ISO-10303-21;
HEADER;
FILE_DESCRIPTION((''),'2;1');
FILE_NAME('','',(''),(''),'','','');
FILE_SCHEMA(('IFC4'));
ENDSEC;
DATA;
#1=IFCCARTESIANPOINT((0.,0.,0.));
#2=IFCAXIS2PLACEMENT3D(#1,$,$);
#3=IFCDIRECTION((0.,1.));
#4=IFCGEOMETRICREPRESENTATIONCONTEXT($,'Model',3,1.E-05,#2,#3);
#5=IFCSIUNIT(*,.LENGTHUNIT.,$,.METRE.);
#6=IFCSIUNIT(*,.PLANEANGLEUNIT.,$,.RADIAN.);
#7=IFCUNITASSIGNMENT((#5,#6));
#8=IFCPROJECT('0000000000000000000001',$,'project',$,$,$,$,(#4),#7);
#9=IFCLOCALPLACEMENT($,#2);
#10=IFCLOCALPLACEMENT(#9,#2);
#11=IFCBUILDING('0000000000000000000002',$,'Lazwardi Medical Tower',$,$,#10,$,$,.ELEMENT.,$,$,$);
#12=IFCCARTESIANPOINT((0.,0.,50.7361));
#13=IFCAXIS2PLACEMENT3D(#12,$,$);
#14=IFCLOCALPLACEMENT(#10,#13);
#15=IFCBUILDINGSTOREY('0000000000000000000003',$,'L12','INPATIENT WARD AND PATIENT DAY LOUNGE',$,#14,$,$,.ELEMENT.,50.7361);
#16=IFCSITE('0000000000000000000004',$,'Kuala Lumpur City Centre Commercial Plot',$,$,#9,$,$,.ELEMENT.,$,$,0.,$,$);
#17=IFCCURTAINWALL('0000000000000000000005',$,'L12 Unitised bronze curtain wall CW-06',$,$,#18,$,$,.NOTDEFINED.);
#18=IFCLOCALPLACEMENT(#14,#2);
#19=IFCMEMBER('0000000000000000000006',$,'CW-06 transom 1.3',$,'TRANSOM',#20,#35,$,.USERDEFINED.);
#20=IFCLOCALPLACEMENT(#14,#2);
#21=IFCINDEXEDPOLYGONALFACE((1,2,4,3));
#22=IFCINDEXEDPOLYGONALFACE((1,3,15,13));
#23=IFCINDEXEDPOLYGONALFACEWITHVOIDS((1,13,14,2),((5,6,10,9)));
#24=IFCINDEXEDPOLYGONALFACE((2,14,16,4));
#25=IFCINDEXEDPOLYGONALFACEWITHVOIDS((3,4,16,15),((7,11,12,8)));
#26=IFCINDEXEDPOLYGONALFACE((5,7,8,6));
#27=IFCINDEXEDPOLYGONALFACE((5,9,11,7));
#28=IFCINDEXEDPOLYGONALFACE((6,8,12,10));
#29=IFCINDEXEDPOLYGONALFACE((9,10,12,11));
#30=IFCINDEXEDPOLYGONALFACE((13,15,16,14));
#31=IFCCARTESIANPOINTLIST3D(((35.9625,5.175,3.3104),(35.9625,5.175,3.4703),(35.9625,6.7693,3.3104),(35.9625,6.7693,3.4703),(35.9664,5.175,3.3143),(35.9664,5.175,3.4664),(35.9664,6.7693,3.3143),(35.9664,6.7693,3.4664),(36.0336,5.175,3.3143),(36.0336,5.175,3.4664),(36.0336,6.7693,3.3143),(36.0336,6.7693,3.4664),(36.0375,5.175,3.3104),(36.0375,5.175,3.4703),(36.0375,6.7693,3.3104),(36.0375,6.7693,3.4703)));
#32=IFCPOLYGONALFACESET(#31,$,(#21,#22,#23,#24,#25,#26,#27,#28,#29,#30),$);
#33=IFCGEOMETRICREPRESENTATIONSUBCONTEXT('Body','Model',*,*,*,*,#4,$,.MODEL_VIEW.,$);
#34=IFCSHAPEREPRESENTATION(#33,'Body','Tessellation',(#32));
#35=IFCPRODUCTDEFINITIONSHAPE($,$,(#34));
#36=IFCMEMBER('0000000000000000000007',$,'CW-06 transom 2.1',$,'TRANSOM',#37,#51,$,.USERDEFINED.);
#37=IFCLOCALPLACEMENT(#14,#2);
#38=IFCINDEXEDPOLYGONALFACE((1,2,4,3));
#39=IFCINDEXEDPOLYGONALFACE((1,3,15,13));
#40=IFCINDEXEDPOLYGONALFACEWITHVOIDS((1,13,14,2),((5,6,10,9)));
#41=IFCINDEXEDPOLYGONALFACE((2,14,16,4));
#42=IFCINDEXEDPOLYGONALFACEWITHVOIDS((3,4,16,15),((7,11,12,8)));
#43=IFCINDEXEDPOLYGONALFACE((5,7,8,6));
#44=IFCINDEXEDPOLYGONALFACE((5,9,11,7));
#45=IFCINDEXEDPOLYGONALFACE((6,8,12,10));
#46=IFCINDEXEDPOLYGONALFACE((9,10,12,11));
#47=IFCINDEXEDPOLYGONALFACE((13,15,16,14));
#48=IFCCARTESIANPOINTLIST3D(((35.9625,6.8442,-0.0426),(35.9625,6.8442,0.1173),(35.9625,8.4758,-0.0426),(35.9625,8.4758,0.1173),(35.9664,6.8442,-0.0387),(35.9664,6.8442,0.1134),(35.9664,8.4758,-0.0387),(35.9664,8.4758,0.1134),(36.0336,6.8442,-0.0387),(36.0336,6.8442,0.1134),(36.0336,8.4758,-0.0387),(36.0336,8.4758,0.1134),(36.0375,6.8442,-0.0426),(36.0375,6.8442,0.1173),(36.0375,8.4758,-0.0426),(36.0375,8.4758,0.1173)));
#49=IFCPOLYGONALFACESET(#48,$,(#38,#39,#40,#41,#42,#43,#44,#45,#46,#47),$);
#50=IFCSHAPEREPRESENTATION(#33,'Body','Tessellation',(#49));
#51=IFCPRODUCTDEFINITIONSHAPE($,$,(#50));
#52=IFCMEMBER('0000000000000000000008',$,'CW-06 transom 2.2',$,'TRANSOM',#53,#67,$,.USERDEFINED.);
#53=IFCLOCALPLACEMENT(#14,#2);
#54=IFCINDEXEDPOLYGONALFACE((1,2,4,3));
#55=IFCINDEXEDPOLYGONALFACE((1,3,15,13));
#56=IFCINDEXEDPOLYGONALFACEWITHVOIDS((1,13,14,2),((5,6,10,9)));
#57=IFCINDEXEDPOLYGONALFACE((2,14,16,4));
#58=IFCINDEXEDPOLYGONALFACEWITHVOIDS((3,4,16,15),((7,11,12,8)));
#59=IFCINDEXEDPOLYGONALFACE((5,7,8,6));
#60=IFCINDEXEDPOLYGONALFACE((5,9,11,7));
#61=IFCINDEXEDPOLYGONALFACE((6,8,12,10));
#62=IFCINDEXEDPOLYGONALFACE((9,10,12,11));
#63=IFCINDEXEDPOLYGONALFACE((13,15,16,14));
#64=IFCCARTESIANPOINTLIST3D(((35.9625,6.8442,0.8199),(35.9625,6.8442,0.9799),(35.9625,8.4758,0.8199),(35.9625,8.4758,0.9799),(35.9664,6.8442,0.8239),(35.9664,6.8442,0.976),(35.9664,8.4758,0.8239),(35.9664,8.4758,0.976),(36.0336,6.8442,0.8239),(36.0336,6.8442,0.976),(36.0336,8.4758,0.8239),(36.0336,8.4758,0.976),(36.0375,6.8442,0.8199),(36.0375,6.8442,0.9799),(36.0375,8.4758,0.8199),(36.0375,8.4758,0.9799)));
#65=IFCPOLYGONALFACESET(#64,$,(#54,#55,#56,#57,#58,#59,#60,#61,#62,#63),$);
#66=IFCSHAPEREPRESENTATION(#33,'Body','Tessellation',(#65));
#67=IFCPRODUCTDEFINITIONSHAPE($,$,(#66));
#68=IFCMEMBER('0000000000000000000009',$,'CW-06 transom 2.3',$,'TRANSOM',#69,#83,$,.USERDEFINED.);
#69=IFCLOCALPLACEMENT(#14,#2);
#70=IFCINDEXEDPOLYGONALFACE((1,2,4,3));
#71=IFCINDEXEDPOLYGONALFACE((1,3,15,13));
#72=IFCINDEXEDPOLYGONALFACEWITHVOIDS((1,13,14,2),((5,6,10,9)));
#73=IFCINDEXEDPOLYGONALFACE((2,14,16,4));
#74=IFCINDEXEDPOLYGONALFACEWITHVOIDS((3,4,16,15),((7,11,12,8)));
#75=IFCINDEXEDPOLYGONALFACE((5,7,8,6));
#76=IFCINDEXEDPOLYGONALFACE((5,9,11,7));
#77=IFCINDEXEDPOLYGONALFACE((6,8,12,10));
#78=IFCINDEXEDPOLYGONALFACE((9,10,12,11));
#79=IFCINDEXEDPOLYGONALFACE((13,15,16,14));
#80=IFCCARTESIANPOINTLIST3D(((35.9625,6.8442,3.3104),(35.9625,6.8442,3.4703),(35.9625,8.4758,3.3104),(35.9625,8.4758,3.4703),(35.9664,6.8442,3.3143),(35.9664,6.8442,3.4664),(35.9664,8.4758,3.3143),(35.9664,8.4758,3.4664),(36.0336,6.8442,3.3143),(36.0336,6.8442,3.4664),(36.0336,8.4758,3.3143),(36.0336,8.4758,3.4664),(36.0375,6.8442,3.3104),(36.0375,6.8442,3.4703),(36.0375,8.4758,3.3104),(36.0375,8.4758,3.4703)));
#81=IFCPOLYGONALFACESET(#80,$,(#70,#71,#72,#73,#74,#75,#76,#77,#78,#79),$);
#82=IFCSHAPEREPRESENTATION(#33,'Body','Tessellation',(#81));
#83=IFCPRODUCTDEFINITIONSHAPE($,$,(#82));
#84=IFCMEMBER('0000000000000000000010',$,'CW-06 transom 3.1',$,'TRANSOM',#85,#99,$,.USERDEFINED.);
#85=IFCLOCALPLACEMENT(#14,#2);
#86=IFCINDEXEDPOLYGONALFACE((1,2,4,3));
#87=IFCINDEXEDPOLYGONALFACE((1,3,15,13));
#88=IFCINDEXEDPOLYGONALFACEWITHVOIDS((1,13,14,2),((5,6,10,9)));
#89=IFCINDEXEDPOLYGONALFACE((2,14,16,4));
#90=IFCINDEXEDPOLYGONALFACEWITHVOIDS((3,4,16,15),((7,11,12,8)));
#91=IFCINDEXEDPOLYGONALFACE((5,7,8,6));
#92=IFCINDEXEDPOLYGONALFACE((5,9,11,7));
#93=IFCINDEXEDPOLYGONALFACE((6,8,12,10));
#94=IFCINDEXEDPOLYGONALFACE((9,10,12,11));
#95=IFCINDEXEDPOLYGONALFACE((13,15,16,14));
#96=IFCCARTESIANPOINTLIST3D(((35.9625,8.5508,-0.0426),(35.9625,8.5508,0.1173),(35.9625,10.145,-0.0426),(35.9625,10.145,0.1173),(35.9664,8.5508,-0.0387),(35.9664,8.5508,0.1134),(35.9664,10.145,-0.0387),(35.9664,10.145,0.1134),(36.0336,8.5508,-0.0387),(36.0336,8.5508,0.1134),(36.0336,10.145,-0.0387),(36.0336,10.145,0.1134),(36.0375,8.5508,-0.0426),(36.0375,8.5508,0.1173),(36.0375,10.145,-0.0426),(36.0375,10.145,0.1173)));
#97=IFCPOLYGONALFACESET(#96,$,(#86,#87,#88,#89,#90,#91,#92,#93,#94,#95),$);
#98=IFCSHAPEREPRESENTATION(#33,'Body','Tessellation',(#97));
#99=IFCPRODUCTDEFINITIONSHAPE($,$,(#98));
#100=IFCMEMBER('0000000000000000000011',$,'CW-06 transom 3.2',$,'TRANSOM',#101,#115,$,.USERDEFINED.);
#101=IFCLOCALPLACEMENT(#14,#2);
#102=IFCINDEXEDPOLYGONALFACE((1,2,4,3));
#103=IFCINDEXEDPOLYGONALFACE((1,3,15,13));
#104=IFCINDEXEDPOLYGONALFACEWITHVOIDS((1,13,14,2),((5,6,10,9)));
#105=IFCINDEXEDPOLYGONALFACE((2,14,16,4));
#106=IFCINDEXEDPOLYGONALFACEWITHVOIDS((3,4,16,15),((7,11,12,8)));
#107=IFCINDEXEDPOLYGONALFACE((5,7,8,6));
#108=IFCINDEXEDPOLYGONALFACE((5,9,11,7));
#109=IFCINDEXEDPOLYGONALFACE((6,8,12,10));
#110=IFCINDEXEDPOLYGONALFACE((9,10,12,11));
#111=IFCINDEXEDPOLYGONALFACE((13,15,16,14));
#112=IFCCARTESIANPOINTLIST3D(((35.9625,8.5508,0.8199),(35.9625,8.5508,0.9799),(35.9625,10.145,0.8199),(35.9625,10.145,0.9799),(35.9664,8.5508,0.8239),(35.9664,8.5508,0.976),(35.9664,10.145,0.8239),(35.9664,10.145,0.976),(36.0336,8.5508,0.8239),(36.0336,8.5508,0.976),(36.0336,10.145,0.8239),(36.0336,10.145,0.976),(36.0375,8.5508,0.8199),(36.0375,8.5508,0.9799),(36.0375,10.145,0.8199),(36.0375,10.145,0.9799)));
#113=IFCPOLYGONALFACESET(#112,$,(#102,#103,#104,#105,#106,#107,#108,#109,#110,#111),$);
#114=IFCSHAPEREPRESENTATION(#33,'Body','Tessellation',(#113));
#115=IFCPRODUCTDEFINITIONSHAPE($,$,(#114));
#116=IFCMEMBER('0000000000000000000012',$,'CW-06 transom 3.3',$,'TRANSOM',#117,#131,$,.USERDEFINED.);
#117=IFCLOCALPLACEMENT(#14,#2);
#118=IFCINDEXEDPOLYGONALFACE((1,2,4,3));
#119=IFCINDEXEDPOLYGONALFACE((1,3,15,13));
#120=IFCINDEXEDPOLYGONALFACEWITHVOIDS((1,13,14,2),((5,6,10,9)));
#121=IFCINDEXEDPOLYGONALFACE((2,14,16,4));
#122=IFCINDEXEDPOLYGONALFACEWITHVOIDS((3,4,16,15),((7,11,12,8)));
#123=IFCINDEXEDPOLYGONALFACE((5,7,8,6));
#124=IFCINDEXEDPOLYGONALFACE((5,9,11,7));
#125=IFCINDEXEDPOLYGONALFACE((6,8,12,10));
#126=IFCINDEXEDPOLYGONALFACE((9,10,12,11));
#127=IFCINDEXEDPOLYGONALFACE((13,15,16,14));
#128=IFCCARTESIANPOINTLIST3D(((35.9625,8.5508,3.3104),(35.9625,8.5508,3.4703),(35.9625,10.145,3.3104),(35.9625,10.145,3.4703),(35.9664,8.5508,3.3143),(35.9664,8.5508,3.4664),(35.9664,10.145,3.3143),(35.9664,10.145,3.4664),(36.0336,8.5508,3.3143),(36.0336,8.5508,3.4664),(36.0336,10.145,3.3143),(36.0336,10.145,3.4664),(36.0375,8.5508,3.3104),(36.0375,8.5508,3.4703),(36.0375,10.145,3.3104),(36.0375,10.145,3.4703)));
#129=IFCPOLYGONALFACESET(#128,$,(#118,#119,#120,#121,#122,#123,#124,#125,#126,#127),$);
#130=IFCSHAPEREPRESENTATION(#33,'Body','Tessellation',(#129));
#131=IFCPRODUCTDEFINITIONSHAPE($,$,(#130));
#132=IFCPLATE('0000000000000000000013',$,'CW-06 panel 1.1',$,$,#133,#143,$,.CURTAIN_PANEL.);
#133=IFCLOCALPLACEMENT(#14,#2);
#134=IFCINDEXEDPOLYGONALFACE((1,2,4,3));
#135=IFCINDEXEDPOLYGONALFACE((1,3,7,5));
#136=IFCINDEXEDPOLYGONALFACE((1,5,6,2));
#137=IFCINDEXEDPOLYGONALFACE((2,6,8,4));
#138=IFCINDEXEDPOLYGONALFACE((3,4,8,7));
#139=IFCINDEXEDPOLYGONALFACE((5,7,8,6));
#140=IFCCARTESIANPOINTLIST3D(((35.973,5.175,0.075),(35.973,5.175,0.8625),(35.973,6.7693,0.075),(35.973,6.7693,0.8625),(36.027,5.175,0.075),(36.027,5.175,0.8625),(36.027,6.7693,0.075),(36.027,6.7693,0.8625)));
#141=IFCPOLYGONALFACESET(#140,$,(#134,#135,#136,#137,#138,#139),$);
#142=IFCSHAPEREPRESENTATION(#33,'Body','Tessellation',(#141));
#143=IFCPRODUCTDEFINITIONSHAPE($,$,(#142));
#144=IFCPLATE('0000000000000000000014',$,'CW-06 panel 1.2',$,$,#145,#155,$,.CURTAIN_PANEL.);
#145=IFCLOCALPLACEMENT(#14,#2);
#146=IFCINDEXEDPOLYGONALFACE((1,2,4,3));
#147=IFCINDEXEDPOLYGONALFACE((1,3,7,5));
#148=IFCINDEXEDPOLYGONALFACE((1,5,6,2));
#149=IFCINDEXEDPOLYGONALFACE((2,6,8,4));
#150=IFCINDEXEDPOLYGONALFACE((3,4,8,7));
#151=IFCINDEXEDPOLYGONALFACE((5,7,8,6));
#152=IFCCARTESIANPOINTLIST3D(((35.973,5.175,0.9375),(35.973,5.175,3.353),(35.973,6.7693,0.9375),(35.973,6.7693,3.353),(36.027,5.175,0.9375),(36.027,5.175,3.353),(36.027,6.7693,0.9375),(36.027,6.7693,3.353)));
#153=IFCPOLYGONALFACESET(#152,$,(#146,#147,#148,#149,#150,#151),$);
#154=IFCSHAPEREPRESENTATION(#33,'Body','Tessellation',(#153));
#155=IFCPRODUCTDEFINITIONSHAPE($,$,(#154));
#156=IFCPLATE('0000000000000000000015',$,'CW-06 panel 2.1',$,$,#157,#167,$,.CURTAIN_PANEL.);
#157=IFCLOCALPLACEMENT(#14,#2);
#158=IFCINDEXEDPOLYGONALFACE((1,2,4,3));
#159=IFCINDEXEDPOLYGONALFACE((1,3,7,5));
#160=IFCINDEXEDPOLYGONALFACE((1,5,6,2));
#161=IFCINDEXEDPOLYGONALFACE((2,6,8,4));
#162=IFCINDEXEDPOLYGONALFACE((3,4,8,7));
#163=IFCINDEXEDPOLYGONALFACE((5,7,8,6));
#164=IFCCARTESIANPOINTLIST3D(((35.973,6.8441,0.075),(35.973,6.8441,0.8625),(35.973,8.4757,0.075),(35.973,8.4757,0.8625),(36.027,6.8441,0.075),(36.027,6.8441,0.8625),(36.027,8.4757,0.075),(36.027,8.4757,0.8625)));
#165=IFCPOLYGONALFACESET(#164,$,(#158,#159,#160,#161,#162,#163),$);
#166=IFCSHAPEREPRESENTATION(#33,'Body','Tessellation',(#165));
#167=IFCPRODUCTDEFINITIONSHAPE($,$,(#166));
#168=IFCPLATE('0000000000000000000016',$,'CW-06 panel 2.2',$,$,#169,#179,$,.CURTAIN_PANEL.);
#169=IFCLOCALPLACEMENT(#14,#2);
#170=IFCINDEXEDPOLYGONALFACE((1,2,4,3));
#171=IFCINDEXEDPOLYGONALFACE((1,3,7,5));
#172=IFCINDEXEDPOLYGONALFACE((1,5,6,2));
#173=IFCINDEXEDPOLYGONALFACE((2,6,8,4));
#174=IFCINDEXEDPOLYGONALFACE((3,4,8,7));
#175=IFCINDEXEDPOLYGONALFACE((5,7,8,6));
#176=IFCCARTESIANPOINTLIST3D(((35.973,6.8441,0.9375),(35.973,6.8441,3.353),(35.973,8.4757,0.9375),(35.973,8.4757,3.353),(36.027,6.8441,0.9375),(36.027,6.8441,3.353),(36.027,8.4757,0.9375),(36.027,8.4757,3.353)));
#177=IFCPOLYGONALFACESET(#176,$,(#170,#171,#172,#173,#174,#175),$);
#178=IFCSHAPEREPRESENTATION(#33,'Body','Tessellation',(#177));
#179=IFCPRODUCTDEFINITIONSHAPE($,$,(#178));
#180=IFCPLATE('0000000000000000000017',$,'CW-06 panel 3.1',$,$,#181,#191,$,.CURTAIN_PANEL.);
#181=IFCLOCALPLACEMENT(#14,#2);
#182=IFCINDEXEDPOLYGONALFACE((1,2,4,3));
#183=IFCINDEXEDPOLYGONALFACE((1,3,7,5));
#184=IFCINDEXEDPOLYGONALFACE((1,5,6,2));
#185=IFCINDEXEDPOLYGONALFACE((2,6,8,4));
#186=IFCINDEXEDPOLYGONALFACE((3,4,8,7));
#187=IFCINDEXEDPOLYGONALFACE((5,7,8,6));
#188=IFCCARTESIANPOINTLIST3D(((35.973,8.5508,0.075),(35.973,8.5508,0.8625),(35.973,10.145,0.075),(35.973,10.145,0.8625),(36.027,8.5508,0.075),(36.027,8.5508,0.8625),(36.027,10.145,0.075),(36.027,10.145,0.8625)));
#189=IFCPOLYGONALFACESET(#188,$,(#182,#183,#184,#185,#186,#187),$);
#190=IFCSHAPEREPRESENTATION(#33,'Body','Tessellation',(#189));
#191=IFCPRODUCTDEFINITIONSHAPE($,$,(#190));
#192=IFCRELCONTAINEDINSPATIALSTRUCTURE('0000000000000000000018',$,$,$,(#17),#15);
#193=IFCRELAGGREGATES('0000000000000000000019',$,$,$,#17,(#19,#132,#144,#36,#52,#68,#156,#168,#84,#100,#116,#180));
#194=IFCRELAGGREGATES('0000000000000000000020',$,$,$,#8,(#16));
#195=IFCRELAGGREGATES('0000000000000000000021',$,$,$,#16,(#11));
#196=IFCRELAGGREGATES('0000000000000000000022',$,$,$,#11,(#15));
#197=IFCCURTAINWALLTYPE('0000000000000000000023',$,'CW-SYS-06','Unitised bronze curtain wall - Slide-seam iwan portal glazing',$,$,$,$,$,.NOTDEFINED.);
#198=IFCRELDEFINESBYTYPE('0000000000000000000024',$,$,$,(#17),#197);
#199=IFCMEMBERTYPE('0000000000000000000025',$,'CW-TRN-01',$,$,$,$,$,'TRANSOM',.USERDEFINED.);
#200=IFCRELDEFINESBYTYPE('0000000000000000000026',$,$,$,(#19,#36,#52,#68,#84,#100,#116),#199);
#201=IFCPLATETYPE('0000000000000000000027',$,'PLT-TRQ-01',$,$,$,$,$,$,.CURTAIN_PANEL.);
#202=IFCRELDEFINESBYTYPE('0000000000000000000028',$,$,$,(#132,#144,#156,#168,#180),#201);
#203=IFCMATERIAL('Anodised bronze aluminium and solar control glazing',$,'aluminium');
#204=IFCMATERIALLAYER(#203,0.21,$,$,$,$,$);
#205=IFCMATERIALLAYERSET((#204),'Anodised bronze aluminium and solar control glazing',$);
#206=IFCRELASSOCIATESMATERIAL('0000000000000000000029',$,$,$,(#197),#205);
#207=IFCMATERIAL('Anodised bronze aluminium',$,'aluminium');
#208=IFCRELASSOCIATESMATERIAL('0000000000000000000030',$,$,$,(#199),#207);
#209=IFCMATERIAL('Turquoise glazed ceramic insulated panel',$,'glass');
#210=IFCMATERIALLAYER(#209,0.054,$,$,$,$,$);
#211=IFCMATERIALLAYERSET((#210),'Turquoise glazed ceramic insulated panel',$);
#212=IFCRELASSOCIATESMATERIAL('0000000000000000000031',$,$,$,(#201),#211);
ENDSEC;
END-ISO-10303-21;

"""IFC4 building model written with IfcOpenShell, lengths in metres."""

from ifc_helpers import new_model, si_unit, direction, frame, origin, origin_2d, place, context, subcontext, project, spatial, rectangle, hollow_rectangle, extrude, material, layer, layer_set, material_profile, profile_set, type_object, element, aggregate, save


model = new_model("IFC4")

# Units and contexts
model_context = context("Model", 3, precision=1e-05, world=origin(), true_north=direction((0.0, 1.0)))
body_context = subcontext(model_context, "Body", "Model", "MODEL_VIEW")
ifc_project = project(units=[si_unit("LENGTHUNIT", "METRE"), si_unit("PLANEANGLEUNIT", "RADIAN")], contexts=[model_context])

# Site, building, storey
site_placement = place(None, origin())
site = spatial("IfcSite", under=ifc_project, at=site_placement, Name="Kuala Lumpur City Centre Commercial Plot", CompositionType="ELEMENT", RefElevation=0.0)
building_placement = place(site_placement, origin())
building = spatial("IfcBuilding", under=site, at=building_placement, Name="Lazwardi Medical Tower", CompositionType="ELEMENT")
storey_placement = place(building_placement, frame((0.0, 0.0, 50.7361)))
storey = spatial("IfcBuildingStorey", under=building, at=storey_placement, Name="L12", Description="INPATIENT WARD AND PATIENT DAY LOUNGE", CompositionType="ELEMENT", Elevation=50.7361)

# Shared definitions
ifc_material_1 = material(Name="Anodised bronze aluminium and solar control glazing", Category="aluminium")
ifc_material_2 = material(Name="Anodised bronze aluminium", Category="aluminium")

# Curtain wall
ifc_layer_1 = layer(ifc_material_1, 0.21)
ifc_layer_set_1 = layer_set([ifc_layer_1], Name="Anodised bronze aluminium and solar control glazing")
curtain_wall_type_1 = type_object("IfcCurtainWallType", Name="CW-SYS-06", Description="Unitised bronze curtain wall - Slide-seam iwan portal glazing", PredefinedType="NOTDEFINED", material=ifc_layer_set_1)
curtain_wall_1_placement = place(storey_placement, origin())
curtain_wall_1 = element("IfcCurtainWall", 1, at=curtain_wall_1_placement, inside=storey, type_object=curtain_wall_type_1, Name="L12 Unitised bronze curtain wall CW-06", PredefinedType="NOTDEFINED")

# Members
ifc_material_profile_1 = material_profile(ifc_material_2, hollow_rectangle(XDim=0.075, YDim=0.1599, WallThickness=0.0039, at=origin_2d()), Name="ALU-TRANSOM 160x75x4")
ifc_profile_set_1 = profile_set([ifc_material_profile_1], Name="Anodised bronze aluminium")
member_type_1 = type_object("IfcMemberType", Name="CW-TRN-01", ElementType="TRANSOM", PredefinedType="USERDEFINED", material=ifc_profile_set_1)
member_1_placement = place(storey_placement, frame((36.0, 5.175, 3.3904), z_axis=(0.0, 1.0, 0.0), x_axis=(-1.0, 0.0, 0.0)))
member_1 = element("IfcMember", 2, at=member_1_placement, type_object=member_type_1, Name="CW-06 transom 1.3", ObjectType="TRANSOM", PredefinedType="USERDEFINED", context=body_context, shape_type="SweptSolid", body=[
    extrude(hollow_rectangle(XDim=0.075, YDim=0.1599, WallThickness=0.0039, at=origin_2d()), origin(), (0.0, 0.0, 1.0), 1.5942),
])
member_2_placement = place(storey_placement, frame((36.0, 6.8442, 0.0374), z_axis=(0.0, 1.0, 0.0), x_axis=(-1.0, 0.0, 0.0)))
member_2 = element("IfcMember", 3, at=member_2_placement, type_object=member_type_1, Name="CW-06 transom 2.1", ObjectType="TRANSOM", PredefinedType="USERDEFINED", context=body_context, shape_type="SweptSolid", body=[
    extrude(hollow_rectangle(XDim=0.075, YDim=0.1599, WallThickness=0.0039, at=origin_2d()), origin(), (0.0, 0.0, 1.0), 1.6316),
])
member_3_placement = place(storey_placement, frame((36.0, 6.8442, 0.8999), z_axis=(0.0, 1.0, 0.0), x_axis=(-1.0, 0.0, 0.0)))
member_3 = element("IfcMember", 4, at=member_3_placement, type_object=member_type_1, Name="CW-06 transom 2.2", ObjectType="TRANSOM", PredefinedType="USERDEFINED", context=body_context, shape_type="SweptSolid", body=[
    extrude(hollow_rectangle(XDim=0.075, YDim=0.1599, WallThickness=0.0039, at=origin_2d()), origin(), (0.0, 0.0, 1.0), 1.6316),
])
member_4_placement = place(storey_placement, frame((36.0, 6.8442, 3.3904), z_axis=(0.0, 1.0, 0.0), x_axis=(-1.0, 0.0, 0.0)))
member_4 = element("IfcMember", 5, at=member_4_placement, type_object=member_type_1, Name="CW-06 transom 2.3", ObjectType="TRANSOM", PredefinedType="USERDEFINED", context=body_context, shape_type="SweptSolid", body=[
    extrude(hollow_rectangle(XDim=0.075, YDim=0.1599, WallThickness=0.0039, at=origin_2d()), origin(), (0.0, 0.0, 1.0), 1.6316),
])
member_5_placement = place(storey_placement, frame((36.0, 8.5508, 0.0374), z_axis=(0.0, 1.0, 0.0), x_axis=(-1.0, 0.0, 0.0)))
member_5 = element("IfcMember", 6, at=member_5_placement, type_object=member_type_1, Name="CW-06 transom 3.1", ObjectType="TRANSOM", PredefinedType="USERDEFINED", context=body_context, shape_type="SweptSolid", body=[
    extrude(hollow_rectangle(XDim=0.075, YDim=0.1599, WallThickness=0.0039, at=origin_2d()), origin(), (0.0, 0.0, 1.0), 1.5942),
])
member_6_placement = place(storey_placement, frame((36.0, 8.5508, 0.8999), z_axis=(0.0, 1.0, 0.0), x_axis=(-1.0, 0.0, 0.0)))
member_6 = element("IfcMember", 7, at=member_6_placement, type_object=member_type_1, Name="CW-06 transom 3.2", ObjectType="TRANSOM", PredefinedType="USERDEFINED", context=body_context, shape_type="SweptSolid", body=[
    extrude(hollow_rectangle(XDim=0.075, YDim=0.1599, WallThickness=0.0039, at=origin_2d()), origin(), (0.0, 0.0, 1.0), 1.5942),
])
member_7_placement = place(storey_placement, frame((36.0, 8.5508, 3.3904), z_axis=(0.0, 1.0, 0.0), x_axis=(-1.0, 0.0, 0.0)))
member_7 = element("IfcMember", 8, at=member_7_placement, type_object=member_type_1, Name="CW-06 transom 3.3", ObjectType="TRANSOM", PredefinedType="USERDEFINED", context=body_context, shape_type="SweptSolid", body=[
    extrude(hollow_rectangle(XDim=0.075, YDim=0.1599, WallThickness=0.0039, at=origin_2d()), origin(), (0.0, 0.0, 1.0), 1.5942),
])

# Plates
ifc_material_3 = material(Name="Turquoise glazed ceramic insulated panel", Category="glass")
ifc_layer_2 = layer(ifc_material_3, 0.054)
ifc_layer_set_2 = layer_set([ifc_layer_2], Name="Turquoise glazed ceramic insulated panel")
plate_type = type_object("IfcPlateType", Name="PLT-TRQ-01", PredefinedType="CURTAIN_PANEL", material=ifc_layer_set_2)
plate_1_placement = place(storey_placement, frame((36.0, 5.9722, 0.075), z_axis=(0.0, 0.0, 1.0), x_axis=(0.0, 1.0, 0.0)))
plate_1 = element("IfcPlate", 9, at=plate_1_placement, type_object=plate_type, Name="CW-06 panel 1.1", PredefinedType="CURTAIN_PANEL", context=body_context, shape_type="SweptSolid", body=[
    extrude(rectangle(XDim=1.5942, YDim=0.054, at=origin_2d()), origin(), (0.0, 0.0, 1.0), 0.7876),
])
plate_2_placement = place(storey_placement, frame((36.0, 5.9722, 0.9375), z_axis=(0.0, 0.0, 1.0), x_axis=(0.0, 1.0, 0.0)))
plate_2 = element("IfcPlate", 10, at=plate_2_placement, type_object=plate_type, Name="CW-06 panel 1.2", PredefinedType="CURTAIN_PANEL", context=body_context, shape_type="SweptSolid", body=[
    extrude(rectangle(XDim=1.5942, YDim=0.054, at=origin_2d()), origin(), (0.0, 0.0, 1.0), 2.4155),
])
plate_3_placement = place(storey_placement, frame((36.0, 7.6599, 0.075), z_axis=(0.0, 0.0, 1.0), x_axis=(0.0, 1.0, 0.0)))
plate_3 = element("IfcPlate", 11, at=plate_3_placement, type_object=plate_type, Name="CW-06 panel 2.1", PredefinedType="CURTAIN_PANEL", context=body_context, shape_type="SweptSolid", body=[
    extrude(rectangle(XDim=1.6316, YDim=0.054, at=origin_2d()), origin(), (0.0, 0.0, 1.0), 0.7876),
])
plate_4_placement = place(storey_placement, frame((36.0, 7.6599, 0.9375), z_axis=(0.0, 0.0, 1.0), x_axis=(0.0, 1.0, 0.0)))
plate_4 = element("IfcPlate", 12, at=plate_4_placement, type_object=plate_type, Name="CW-06 panel 2.2", PredefinedType="CURTAIN_PANEL", context=body_context, shape_type="SweptSolid", body=[
    extrude(rectangle(XDim=1.6316, YDim=0.054, at=origin_2d()), origin(), (0.0, 0.0, 1.0), 2.4155),
])
plate_5_placement = place(storey_placement, frame((36.0, 9.3479, 0.075), z_axis=(0.0, 0.0, 1.0), x_axis=(0.0, 1.0, 0.0)))
plate_5 = element("IfcPlate", 13, at=plate_5_placement, type_object=plate_type, Name="CW-06 panel 3.1", PredefinedType="CURTAIN_PANEL", context=body_context, shape_type="SweptSolid", body=[
    extrude(rectangle(XDim=1.5942, YDim=0.054, at=origin_2d()), origin(), (0.0, 0.0, 1.0), 0.7876),
])
aggregate(curtain_wall_1, [member_1, plate_1, plate_2, member_2, member_3, member_4, plate_3, plate_4, member_5, member_6, member_7, plate_5])

save(model, "model.ifc")
